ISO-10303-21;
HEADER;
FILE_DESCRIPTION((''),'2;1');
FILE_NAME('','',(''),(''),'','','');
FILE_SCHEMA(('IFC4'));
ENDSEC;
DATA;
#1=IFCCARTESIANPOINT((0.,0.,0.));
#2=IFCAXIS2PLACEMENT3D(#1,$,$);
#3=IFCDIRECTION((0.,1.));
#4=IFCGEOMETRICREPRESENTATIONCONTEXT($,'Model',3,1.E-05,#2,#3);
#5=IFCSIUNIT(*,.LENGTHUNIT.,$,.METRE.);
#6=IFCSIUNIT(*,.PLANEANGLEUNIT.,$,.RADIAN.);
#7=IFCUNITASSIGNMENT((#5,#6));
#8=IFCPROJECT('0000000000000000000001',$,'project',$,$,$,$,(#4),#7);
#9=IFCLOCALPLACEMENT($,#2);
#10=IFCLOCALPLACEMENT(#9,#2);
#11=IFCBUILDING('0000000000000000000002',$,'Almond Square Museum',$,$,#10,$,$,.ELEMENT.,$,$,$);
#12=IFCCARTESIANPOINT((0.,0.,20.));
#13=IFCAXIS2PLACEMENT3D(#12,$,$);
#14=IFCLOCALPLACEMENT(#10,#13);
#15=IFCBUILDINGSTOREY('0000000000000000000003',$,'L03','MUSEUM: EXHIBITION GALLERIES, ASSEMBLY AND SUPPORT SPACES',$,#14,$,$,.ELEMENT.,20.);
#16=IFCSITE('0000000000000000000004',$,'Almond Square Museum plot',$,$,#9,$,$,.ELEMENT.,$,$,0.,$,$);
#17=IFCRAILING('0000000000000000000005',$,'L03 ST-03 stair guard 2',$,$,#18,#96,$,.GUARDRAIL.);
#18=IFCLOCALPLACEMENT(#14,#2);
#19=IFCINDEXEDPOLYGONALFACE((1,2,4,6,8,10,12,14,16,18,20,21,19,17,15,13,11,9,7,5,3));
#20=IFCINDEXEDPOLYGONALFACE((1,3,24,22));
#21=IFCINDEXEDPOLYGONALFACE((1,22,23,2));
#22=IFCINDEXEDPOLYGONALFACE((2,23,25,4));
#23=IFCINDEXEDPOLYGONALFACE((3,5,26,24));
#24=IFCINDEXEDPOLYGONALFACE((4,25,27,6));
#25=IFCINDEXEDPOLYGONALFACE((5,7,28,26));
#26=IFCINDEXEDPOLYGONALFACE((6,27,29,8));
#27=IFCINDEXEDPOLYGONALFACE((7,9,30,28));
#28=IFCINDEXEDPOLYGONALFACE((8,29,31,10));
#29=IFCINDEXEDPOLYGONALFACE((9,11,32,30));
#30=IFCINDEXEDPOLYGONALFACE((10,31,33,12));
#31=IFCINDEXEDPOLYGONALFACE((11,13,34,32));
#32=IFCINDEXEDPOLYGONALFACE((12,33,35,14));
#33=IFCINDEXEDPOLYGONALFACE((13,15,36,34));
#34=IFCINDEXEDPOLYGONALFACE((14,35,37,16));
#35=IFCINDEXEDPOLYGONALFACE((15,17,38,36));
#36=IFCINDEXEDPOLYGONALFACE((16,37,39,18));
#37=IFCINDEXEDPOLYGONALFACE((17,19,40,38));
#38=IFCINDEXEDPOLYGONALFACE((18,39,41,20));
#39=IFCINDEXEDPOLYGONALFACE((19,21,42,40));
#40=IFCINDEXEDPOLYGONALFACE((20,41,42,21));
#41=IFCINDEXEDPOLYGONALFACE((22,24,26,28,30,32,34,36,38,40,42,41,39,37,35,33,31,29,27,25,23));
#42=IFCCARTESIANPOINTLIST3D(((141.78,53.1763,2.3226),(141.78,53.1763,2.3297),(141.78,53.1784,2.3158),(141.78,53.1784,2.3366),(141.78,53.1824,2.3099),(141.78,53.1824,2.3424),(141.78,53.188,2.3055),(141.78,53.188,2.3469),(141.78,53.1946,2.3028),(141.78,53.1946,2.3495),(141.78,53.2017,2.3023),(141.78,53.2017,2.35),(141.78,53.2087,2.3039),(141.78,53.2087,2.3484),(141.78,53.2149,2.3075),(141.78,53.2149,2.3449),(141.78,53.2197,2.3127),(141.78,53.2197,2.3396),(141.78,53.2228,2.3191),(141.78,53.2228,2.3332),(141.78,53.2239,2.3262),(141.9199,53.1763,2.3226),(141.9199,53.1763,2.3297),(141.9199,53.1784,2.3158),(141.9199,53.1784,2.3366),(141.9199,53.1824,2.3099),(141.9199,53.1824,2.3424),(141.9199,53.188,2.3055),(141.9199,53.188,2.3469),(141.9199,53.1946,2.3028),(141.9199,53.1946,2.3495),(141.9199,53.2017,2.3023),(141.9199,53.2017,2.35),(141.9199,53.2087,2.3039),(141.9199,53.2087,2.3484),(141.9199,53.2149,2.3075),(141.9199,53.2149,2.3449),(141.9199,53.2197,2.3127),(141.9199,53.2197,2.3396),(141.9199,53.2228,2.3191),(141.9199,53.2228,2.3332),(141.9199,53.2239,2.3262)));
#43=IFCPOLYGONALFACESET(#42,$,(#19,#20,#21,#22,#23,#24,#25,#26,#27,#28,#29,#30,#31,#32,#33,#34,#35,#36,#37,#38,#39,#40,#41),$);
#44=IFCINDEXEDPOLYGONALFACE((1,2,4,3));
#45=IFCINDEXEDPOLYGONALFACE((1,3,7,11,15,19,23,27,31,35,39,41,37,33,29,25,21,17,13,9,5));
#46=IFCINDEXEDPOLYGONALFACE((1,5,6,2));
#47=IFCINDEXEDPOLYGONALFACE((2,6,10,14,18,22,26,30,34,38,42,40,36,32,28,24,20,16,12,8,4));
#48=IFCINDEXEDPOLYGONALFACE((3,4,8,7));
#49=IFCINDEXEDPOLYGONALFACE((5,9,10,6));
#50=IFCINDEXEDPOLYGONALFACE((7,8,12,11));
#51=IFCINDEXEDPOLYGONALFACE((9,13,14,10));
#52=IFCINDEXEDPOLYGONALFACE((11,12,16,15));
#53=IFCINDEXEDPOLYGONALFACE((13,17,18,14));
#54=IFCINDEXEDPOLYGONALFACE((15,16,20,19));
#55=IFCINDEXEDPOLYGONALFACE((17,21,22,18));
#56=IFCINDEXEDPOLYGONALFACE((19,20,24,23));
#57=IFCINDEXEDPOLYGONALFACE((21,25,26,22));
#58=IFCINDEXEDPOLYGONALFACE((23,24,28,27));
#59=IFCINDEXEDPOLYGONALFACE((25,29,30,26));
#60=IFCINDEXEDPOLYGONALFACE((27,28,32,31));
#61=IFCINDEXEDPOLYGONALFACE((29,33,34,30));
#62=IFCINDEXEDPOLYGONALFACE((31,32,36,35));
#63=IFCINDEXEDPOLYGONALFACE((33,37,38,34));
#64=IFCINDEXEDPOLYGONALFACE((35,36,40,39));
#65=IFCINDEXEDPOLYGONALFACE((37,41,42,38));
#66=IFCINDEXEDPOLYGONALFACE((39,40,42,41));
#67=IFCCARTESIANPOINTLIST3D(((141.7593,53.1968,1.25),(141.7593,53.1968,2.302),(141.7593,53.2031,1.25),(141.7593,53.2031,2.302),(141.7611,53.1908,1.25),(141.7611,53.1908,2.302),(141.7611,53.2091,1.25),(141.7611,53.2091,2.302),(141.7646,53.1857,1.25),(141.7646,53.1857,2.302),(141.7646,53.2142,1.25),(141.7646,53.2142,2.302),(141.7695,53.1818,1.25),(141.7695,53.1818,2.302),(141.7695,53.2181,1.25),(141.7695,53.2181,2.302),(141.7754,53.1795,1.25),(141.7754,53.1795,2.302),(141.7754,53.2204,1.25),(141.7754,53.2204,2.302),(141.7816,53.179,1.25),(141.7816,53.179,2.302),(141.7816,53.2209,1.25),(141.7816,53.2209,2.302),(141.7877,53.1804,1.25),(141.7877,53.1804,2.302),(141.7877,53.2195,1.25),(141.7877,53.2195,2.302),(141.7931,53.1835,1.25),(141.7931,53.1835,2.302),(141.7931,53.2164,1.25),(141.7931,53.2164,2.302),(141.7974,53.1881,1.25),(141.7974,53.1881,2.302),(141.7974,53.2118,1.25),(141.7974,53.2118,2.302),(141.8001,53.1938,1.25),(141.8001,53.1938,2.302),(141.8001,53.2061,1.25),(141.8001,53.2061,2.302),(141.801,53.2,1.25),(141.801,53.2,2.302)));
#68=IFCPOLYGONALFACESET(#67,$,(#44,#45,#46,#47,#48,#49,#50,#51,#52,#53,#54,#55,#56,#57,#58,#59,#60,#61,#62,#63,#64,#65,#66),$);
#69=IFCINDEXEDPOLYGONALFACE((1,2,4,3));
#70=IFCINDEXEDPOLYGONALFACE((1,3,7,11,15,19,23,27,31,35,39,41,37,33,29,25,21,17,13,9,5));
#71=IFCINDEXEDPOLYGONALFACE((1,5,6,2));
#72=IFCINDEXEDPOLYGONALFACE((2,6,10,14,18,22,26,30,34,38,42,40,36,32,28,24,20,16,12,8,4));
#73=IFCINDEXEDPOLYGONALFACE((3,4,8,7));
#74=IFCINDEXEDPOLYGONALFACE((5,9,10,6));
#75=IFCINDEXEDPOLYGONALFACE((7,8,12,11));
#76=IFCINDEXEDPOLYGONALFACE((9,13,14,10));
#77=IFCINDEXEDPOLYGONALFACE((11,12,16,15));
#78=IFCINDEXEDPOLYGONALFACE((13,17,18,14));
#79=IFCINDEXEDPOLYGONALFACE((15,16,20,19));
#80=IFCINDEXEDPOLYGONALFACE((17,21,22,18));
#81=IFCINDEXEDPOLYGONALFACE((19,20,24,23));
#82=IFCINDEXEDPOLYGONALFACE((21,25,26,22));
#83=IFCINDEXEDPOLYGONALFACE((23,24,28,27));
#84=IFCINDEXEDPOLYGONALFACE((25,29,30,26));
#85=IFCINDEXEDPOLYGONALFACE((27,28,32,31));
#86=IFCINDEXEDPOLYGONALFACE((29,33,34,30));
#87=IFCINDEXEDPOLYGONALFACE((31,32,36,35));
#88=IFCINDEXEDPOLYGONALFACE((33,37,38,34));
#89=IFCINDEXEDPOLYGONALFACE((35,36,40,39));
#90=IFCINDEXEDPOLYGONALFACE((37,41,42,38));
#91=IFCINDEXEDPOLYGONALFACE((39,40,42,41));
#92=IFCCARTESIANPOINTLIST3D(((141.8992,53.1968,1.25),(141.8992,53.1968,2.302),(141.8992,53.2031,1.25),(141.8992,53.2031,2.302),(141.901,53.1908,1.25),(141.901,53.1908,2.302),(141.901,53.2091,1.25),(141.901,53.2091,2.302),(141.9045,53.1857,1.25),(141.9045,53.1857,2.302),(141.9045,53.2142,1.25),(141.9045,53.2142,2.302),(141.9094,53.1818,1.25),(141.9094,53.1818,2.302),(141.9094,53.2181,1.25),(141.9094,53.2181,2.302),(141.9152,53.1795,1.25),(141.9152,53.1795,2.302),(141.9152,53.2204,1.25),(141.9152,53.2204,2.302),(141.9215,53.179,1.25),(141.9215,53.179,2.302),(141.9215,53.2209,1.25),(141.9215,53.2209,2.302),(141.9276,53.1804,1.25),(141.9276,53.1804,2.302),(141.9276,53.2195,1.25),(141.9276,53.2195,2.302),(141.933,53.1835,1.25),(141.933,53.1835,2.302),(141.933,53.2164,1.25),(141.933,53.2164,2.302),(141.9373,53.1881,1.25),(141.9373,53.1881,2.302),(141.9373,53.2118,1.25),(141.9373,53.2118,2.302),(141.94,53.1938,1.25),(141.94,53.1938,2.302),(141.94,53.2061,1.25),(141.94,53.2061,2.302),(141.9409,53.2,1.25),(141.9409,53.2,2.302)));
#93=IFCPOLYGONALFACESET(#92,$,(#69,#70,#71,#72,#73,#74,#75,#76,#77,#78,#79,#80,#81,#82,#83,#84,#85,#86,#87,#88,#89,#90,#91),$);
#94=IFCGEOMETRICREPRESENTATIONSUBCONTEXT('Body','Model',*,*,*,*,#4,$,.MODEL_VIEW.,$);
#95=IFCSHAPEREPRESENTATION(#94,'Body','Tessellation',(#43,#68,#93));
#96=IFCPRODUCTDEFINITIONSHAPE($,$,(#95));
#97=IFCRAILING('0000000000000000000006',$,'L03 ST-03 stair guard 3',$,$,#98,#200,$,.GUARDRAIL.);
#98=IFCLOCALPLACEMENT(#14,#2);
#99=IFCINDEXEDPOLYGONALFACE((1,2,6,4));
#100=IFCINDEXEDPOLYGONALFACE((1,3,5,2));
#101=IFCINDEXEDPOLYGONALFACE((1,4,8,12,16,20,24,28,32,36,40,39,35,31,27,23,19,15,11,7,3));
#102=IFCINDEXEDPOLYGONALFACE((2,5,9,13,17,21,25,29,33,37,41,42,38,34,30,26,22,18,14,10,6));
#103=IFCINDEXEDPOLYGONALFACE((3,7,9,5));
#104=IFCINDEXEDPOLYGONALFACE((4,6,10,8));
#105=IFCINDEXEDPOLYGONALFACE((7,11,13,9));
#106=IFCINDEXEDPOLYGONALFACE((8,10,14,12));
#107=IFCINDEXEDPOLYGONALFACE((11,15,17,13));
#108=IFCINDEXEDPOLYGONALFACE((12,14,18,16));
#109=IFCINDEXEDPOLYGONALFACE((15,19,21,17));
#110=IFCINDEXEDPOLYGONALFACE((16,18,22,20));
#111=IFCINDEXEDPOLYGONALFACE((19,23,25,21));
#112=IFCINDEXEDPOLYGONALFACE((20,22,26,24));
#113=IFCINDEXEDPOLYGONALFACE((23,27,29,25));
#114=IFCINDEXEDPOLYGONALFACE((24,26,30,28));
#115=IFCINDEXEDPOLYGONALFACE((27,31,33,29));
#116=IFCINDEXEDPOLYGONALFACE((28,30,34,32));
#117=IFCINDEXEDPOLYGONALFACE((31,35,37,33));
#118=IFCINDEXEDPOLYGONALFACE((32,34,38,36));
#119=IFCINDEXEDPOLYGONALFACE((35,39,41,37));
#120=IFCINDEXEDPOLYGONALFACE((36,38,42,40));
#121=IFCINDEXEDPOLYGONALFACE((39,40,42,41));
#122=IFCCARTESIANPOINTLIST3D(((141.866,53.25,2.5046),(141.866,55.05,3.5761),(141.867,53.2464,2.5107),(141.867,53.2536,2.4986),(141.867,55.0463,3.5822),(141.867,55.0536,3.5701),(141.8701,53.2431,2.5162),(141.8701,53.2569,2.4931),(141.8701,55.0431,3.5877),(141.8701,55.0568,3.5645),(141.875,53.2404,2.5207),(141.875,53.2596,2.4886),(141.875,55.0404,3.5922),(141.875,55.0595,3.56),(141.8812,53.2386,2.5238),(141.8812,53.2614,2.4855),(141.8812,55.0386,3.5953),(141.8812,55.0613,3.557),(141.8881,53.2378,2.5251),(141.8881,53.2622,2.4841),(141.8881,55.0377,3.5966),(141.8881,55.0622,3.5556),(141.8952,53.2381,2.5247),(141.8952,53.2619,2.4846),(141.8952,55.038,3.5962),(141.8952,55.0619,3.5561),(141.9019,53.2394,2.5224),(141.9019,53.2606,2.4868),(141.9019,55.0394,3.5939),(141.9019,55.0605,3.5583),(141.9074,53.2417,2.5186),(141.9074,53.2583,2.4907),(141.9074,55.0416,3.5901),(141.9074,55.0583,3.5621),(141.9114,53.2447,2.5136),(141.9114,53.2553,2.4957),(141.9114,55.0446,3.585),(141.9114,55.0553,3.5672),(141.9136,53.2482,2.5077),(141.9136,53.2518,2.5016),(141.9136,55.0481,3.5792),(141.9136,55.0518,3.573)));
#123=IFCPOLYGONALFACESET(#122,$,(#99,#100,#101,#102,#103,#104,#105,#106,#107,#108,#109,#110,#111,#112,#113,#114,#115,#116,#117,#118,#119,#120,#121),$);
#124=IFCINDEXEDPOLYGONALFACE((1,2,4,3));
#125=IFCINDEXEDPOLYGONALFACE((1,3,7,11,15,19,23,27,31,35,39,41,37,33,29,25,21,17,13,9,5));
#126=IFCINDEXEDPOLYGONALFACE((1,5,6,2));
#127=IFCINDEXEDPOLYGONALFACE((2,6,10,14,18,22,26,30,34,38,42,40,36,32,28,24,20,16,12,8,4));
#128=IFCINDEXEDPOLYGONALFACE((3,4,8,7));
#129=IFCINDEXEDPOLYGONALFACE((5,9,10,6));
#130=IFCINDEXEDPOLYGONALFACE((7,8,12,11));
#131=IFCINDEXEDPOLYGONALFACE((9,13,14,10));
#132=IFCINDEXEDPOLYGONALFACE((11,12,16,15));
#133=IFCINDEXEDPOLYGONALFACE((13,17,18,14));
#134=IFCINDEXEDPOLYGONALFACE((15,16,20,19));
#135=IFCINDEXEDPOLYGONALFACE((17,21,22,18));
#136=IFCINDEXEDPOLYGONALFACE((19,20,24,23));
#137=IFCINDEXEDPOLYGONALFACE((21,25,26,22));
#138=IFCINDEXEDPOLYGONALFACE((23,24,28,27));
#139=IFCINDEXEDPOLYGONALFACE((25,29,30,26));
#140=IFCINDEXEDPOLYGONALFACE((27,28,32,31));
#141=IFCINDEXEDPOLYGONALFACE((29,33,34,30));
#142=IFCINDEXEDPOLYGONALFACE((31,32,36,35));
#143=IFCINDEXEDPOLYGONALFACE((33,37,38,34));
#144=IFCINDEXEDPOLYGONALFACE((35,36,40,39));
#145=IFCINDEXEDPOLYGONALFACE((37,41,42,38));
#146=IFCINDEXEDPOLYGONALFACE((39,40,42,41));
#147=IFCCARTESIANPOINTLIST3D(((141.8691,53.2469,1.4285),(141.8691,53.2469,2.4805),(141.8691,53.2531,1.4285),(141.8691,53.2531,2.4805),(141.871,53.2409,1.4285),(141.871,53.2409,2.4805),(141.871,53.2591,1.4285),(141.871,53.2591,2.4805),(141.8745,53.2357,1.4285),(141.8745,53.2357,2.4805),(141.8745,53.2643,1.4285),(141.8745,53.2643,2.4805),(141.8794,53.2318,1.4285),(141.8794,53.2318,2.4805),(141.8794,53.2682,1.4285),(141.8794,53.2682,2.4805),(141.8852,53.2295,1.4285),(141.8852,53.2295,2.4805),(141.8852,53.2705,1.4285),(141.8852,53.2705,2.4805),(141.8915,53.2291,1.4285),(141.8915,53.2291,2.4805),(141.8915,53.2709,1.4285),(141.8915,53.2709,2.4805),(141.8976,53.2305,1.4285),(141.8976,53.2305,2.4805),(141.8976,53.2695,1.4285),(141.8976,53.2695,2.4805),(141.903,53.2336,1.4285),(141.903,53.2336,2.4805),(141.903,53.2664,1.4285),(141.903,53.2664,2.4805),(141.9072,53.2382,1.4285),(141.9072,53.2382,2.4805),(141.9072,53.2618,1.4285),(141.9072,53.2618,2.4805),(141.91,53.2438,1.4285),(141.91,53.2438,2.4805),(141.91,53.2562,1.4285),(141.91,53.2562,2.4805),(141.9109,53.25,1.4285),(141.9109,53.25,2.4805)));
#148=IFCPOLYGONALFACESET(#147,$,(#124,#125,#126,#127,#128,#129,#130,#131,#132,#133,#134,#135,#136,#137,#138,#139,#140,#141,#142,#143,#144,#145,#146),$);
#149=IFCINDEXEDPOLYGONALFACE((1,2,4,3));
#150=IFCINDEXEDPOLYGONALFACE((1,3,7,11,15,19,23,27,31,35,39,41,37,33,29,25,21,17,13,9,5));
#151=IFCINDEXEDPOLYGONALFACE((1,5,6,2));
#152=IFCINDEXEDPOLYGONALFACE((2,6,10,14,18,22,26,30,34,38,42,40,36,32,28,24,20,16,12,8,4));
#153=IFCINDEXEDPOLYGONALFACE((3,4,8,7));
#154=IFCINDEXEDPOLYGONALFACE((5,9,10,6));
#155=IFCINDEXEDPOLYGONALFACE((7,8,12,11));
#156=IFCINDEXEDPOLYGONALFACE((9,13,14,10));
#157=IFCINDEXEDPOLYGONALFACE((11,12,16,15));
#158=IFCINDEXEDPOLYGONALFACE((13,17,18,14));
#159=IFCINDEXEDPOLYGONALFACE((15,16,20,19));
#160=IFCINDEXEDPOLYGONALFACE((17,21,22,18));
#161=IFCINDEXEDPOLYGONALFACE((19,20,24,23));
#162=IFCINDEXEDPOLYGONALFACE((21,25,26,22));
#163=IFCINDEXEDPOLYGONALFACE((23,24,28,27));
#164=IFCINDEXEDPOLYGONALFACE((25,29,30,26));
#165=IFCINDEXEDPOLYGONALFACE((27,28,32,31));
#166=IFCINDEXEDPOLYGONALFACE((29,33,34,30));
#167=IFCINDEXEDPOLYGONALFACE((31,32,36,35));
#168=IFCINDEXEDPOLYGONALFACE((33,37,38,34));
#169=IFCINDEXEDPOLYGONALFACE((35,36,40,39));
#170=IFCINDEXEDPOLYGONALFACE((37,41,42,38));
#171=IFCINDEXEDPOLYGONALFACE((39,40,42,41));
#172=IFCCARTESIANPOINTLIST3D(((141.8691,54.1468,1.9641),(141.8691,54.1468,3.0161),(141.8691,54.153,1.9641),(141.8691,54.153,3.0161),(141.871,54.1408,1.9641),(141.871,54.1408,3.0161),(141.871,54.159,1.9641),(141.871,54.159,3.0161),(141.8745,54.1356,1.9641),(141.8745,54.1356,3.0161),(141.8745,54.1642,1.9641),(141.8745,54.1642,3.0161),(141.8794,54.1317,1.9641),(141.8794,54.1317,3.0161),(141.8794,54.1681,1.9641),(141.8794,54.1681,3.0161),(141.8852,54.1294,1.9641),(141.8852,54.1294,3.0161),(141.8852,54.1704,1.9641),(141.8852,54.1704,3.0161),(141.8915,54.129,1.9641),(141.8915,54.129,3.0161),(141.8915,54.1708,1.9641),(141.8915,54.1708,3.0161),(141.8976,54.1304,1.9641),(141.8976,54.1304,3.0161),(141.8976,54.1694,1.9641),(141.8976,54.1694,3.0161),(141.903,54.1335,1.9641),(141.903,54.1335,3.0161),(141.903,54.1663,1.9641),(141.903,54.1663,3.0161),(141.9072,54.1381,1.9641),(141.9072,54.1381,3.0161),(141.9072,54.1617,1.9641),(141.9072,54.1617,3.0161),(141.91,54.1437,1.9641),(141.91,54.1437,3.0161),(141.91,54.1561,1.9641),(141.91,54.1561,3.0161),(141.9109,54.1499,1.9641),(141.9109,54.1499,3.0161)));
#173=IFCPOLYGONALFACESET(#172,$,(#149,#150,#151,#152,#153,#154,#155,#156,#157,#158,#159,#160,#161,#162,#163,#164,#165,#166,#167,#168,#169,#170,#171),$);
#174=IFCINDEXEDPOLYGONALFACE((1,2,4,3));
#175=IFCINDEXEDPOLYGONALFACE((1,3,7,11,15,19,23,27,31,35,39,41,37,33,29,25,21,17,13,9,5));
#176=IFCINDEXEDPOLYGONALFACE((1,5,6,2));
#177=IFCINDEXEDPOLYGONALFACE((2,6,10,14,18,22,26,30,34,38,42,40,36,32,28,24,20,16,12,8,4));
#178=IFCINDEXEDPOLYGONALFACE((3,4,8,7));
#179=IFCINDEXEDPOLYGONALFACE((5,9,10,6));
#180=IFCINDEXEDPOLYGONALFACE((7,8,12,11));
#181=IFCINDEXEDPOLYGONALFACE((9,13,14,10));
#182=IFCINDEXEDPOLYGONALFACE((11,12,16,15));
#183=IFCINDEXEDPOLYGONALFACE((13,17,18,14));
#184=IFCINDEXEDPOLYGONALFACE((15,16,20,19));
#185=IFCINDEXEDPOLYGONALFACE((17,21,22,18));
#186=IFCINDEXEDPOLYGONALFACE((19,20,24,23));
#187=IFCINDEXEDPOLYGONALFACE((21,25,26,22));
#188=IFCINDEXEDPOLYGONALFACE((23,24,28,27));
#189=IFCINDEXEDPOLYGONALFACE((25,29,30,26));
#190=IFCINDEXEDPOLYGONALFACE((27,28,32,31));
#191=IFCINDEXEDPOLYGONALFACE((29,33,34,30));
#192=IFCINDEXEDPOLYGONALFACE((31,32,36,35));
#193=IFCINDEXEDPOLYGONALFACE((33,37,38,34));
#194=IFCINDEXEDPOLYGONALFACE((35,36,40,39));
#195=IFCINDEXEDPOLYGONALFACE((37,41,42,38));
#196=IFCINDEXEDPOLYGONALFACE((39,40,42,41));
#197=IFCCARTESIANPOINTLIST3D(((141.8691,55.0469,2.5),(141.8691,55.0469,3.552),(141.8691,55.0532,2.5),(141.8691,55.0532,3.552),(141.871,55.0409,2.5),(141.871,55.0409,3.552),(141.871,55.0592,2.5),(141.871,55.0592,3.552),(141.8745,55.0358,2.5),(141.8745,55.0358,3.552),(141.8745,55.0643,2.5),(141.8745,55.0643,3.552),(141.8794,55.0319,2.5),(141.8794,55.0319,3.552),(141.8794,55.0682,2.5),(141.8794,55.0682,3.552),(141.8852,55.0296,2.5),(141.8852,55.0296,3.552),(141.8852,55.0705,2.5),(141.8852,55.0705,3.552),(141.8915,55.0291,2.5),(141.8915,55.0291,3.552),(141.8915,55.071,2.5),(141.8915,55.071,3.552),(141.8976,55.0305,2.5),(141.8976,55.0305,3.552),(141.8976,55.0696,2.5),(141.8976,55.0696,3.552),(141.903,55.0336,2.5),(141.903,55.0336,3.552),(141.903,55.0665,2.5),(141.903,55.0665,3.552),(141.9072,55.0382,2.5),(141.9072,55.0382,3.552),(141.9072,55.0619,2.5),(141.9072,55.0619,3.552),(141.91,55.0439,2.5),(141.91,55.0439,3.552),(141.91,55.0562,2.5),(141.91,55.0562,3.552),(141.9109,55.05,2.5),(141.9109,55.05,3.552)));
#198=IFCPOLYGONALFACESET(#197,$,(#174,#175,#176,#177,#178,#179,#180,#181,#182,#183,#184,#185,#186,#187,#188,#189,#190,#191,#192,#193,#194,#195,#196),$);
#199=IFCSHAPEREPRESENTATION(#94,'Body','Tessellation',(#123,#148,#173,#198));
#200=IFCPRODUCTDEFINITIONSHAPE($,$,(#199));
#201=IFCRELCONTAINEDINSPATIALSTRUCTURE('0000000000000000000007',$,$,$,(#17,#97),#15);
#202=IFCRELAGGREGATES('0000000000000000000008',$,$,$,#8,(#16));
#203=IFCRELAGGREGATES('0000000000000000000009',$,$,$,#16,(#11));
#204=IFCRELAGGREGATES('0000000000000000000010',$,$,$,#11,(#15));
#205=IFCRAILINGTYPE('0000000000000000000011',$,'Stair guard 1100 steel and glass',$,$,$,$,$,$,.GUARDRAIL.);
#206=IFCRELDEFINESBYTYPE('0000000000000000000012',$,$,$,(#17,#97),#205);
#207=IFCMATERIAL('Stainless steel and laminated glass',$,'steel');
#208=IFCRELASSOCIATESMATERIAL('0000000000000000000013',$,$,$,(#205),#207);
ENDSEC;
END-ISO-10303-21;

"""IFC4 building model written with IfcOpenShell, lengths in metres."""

from ifc_helpers import new_model, si_unit, direction, frame, origin, origin_2d, place, context, subcontext, project, spatial, circle, extrude, material, type_object, element, save


model = new_model("IFC4")

# Units and contexts
model_context = context("Model", 3, precision=1e-05, world=origin(), true_north=direction((0.0, 1.0)))
body_context = subcontext(model_context, "Body", "Model", "MODEL_VIEW")
ifc_project = project(units=[si_unit("LENGTHUNIT", "METRE"), si_unit("PLANEANGLEUNIT", "RADIAN")], contexts=[model_context])

# Site, building, storey
site_placement = place(None, origin())
site = spatial("IfcSite", under=ifc_project, at=site_placement, Name="Almond Square Museum plot", CompositionType="ELEMENT", RefElevation=0.0)
building_placement = place(site_placement, origin())
building = spatial("IfcBuilding", under=site, at=building_placement, Name="Almond Square Museum", CompositionType="ELEMENT")
storey_placement = place(building_placement, frame((0.0, 0.0, 20.0)))
storey = spatial("IfcBuildingStorey", under=building, at=storey_placement, Name="L03", Description="MUSEUM: EXHIBITION GALLERIES, ASSEMBLY AND SUPPORT SPACES", CompositionType="ELEMENT", Elevation=20.0)

# Railings
ifc_material_1 = material(Name="Stainless steel and laminated glass", Category="steel")
railing_type_1 = type_object("IfcRailingType", Name="Stair guard 1100 steel and glass", PredefinedType="GUARDRAIL", material=ifc_material_1)
railing_1_placement = place(storey_placement, frame((141.78, 53.2, 1.25)))
element("IfcRailing", 1, at=railing_1_placement, inside=storey, type_object=railing_type_1, Name="L03 ST-03 stair guard 2", PredefinedType="GUARDRAIL", context=body_context, shape_type="SweptSolid", body=[
    extrude(circle(Radius=0.0239, at=origin_2d()), frame((0.0, 0.0, 1.0762), z_axis=(1.0, 0.0, 0.0), x_axis=(0.0, 1.0, 0.0)), (0.0, 0.0, 1.0), 0.1399),
    extrude(circle(Radius=0.021, at=origin_2d()), origin(), (0.0, 0.0, 1.0), 1.052),
    extrude(circle(Radius=0.021, at=origin_2d()), frame((0.1399, 0.0, 0.0)), (0.0, 0.0, 1.0), 1.052),
])
railing_2_placement = place(storey_placement, frame((141.8899, 53.25, 1.4285)))
element("IfcRailing", 2, at=railing_2_placement, inside=storey, type_object=railing_type_1, Name="L03 ST-03 stair guard 3", PredefinedType="GUARDRAIL", context=body_context, shape_type="SweptSolid", body=[
    extrude(circle(Radius=0.0239, at=origin_2d()), frame((0.0, 0.0, 1.0762), z_axis=(0.0, 0.859277, 0.51151), x_axis=(-1.0, 0.0, 0.0)), (0.0, 0.0, 1.0), 2.0947),
    extrude(circle(Radius=0.021, at=origin_2d()), origin(), (0.0, 0.0, 1.0), 1.052),
    extrude(circle(Radius=0.021, at=origin_2d()), frame((0.0, 0.8999, 0.5356)), (0.0, 0.0, 1.0), 1.052),
    extrude(circle(Radius=0.021, at=origin_2d()), frame((0.0, 1.8, 1.0715)), (0.0, 0.0, 1.0), 1.052),
])

save(model, "model.ifc")
